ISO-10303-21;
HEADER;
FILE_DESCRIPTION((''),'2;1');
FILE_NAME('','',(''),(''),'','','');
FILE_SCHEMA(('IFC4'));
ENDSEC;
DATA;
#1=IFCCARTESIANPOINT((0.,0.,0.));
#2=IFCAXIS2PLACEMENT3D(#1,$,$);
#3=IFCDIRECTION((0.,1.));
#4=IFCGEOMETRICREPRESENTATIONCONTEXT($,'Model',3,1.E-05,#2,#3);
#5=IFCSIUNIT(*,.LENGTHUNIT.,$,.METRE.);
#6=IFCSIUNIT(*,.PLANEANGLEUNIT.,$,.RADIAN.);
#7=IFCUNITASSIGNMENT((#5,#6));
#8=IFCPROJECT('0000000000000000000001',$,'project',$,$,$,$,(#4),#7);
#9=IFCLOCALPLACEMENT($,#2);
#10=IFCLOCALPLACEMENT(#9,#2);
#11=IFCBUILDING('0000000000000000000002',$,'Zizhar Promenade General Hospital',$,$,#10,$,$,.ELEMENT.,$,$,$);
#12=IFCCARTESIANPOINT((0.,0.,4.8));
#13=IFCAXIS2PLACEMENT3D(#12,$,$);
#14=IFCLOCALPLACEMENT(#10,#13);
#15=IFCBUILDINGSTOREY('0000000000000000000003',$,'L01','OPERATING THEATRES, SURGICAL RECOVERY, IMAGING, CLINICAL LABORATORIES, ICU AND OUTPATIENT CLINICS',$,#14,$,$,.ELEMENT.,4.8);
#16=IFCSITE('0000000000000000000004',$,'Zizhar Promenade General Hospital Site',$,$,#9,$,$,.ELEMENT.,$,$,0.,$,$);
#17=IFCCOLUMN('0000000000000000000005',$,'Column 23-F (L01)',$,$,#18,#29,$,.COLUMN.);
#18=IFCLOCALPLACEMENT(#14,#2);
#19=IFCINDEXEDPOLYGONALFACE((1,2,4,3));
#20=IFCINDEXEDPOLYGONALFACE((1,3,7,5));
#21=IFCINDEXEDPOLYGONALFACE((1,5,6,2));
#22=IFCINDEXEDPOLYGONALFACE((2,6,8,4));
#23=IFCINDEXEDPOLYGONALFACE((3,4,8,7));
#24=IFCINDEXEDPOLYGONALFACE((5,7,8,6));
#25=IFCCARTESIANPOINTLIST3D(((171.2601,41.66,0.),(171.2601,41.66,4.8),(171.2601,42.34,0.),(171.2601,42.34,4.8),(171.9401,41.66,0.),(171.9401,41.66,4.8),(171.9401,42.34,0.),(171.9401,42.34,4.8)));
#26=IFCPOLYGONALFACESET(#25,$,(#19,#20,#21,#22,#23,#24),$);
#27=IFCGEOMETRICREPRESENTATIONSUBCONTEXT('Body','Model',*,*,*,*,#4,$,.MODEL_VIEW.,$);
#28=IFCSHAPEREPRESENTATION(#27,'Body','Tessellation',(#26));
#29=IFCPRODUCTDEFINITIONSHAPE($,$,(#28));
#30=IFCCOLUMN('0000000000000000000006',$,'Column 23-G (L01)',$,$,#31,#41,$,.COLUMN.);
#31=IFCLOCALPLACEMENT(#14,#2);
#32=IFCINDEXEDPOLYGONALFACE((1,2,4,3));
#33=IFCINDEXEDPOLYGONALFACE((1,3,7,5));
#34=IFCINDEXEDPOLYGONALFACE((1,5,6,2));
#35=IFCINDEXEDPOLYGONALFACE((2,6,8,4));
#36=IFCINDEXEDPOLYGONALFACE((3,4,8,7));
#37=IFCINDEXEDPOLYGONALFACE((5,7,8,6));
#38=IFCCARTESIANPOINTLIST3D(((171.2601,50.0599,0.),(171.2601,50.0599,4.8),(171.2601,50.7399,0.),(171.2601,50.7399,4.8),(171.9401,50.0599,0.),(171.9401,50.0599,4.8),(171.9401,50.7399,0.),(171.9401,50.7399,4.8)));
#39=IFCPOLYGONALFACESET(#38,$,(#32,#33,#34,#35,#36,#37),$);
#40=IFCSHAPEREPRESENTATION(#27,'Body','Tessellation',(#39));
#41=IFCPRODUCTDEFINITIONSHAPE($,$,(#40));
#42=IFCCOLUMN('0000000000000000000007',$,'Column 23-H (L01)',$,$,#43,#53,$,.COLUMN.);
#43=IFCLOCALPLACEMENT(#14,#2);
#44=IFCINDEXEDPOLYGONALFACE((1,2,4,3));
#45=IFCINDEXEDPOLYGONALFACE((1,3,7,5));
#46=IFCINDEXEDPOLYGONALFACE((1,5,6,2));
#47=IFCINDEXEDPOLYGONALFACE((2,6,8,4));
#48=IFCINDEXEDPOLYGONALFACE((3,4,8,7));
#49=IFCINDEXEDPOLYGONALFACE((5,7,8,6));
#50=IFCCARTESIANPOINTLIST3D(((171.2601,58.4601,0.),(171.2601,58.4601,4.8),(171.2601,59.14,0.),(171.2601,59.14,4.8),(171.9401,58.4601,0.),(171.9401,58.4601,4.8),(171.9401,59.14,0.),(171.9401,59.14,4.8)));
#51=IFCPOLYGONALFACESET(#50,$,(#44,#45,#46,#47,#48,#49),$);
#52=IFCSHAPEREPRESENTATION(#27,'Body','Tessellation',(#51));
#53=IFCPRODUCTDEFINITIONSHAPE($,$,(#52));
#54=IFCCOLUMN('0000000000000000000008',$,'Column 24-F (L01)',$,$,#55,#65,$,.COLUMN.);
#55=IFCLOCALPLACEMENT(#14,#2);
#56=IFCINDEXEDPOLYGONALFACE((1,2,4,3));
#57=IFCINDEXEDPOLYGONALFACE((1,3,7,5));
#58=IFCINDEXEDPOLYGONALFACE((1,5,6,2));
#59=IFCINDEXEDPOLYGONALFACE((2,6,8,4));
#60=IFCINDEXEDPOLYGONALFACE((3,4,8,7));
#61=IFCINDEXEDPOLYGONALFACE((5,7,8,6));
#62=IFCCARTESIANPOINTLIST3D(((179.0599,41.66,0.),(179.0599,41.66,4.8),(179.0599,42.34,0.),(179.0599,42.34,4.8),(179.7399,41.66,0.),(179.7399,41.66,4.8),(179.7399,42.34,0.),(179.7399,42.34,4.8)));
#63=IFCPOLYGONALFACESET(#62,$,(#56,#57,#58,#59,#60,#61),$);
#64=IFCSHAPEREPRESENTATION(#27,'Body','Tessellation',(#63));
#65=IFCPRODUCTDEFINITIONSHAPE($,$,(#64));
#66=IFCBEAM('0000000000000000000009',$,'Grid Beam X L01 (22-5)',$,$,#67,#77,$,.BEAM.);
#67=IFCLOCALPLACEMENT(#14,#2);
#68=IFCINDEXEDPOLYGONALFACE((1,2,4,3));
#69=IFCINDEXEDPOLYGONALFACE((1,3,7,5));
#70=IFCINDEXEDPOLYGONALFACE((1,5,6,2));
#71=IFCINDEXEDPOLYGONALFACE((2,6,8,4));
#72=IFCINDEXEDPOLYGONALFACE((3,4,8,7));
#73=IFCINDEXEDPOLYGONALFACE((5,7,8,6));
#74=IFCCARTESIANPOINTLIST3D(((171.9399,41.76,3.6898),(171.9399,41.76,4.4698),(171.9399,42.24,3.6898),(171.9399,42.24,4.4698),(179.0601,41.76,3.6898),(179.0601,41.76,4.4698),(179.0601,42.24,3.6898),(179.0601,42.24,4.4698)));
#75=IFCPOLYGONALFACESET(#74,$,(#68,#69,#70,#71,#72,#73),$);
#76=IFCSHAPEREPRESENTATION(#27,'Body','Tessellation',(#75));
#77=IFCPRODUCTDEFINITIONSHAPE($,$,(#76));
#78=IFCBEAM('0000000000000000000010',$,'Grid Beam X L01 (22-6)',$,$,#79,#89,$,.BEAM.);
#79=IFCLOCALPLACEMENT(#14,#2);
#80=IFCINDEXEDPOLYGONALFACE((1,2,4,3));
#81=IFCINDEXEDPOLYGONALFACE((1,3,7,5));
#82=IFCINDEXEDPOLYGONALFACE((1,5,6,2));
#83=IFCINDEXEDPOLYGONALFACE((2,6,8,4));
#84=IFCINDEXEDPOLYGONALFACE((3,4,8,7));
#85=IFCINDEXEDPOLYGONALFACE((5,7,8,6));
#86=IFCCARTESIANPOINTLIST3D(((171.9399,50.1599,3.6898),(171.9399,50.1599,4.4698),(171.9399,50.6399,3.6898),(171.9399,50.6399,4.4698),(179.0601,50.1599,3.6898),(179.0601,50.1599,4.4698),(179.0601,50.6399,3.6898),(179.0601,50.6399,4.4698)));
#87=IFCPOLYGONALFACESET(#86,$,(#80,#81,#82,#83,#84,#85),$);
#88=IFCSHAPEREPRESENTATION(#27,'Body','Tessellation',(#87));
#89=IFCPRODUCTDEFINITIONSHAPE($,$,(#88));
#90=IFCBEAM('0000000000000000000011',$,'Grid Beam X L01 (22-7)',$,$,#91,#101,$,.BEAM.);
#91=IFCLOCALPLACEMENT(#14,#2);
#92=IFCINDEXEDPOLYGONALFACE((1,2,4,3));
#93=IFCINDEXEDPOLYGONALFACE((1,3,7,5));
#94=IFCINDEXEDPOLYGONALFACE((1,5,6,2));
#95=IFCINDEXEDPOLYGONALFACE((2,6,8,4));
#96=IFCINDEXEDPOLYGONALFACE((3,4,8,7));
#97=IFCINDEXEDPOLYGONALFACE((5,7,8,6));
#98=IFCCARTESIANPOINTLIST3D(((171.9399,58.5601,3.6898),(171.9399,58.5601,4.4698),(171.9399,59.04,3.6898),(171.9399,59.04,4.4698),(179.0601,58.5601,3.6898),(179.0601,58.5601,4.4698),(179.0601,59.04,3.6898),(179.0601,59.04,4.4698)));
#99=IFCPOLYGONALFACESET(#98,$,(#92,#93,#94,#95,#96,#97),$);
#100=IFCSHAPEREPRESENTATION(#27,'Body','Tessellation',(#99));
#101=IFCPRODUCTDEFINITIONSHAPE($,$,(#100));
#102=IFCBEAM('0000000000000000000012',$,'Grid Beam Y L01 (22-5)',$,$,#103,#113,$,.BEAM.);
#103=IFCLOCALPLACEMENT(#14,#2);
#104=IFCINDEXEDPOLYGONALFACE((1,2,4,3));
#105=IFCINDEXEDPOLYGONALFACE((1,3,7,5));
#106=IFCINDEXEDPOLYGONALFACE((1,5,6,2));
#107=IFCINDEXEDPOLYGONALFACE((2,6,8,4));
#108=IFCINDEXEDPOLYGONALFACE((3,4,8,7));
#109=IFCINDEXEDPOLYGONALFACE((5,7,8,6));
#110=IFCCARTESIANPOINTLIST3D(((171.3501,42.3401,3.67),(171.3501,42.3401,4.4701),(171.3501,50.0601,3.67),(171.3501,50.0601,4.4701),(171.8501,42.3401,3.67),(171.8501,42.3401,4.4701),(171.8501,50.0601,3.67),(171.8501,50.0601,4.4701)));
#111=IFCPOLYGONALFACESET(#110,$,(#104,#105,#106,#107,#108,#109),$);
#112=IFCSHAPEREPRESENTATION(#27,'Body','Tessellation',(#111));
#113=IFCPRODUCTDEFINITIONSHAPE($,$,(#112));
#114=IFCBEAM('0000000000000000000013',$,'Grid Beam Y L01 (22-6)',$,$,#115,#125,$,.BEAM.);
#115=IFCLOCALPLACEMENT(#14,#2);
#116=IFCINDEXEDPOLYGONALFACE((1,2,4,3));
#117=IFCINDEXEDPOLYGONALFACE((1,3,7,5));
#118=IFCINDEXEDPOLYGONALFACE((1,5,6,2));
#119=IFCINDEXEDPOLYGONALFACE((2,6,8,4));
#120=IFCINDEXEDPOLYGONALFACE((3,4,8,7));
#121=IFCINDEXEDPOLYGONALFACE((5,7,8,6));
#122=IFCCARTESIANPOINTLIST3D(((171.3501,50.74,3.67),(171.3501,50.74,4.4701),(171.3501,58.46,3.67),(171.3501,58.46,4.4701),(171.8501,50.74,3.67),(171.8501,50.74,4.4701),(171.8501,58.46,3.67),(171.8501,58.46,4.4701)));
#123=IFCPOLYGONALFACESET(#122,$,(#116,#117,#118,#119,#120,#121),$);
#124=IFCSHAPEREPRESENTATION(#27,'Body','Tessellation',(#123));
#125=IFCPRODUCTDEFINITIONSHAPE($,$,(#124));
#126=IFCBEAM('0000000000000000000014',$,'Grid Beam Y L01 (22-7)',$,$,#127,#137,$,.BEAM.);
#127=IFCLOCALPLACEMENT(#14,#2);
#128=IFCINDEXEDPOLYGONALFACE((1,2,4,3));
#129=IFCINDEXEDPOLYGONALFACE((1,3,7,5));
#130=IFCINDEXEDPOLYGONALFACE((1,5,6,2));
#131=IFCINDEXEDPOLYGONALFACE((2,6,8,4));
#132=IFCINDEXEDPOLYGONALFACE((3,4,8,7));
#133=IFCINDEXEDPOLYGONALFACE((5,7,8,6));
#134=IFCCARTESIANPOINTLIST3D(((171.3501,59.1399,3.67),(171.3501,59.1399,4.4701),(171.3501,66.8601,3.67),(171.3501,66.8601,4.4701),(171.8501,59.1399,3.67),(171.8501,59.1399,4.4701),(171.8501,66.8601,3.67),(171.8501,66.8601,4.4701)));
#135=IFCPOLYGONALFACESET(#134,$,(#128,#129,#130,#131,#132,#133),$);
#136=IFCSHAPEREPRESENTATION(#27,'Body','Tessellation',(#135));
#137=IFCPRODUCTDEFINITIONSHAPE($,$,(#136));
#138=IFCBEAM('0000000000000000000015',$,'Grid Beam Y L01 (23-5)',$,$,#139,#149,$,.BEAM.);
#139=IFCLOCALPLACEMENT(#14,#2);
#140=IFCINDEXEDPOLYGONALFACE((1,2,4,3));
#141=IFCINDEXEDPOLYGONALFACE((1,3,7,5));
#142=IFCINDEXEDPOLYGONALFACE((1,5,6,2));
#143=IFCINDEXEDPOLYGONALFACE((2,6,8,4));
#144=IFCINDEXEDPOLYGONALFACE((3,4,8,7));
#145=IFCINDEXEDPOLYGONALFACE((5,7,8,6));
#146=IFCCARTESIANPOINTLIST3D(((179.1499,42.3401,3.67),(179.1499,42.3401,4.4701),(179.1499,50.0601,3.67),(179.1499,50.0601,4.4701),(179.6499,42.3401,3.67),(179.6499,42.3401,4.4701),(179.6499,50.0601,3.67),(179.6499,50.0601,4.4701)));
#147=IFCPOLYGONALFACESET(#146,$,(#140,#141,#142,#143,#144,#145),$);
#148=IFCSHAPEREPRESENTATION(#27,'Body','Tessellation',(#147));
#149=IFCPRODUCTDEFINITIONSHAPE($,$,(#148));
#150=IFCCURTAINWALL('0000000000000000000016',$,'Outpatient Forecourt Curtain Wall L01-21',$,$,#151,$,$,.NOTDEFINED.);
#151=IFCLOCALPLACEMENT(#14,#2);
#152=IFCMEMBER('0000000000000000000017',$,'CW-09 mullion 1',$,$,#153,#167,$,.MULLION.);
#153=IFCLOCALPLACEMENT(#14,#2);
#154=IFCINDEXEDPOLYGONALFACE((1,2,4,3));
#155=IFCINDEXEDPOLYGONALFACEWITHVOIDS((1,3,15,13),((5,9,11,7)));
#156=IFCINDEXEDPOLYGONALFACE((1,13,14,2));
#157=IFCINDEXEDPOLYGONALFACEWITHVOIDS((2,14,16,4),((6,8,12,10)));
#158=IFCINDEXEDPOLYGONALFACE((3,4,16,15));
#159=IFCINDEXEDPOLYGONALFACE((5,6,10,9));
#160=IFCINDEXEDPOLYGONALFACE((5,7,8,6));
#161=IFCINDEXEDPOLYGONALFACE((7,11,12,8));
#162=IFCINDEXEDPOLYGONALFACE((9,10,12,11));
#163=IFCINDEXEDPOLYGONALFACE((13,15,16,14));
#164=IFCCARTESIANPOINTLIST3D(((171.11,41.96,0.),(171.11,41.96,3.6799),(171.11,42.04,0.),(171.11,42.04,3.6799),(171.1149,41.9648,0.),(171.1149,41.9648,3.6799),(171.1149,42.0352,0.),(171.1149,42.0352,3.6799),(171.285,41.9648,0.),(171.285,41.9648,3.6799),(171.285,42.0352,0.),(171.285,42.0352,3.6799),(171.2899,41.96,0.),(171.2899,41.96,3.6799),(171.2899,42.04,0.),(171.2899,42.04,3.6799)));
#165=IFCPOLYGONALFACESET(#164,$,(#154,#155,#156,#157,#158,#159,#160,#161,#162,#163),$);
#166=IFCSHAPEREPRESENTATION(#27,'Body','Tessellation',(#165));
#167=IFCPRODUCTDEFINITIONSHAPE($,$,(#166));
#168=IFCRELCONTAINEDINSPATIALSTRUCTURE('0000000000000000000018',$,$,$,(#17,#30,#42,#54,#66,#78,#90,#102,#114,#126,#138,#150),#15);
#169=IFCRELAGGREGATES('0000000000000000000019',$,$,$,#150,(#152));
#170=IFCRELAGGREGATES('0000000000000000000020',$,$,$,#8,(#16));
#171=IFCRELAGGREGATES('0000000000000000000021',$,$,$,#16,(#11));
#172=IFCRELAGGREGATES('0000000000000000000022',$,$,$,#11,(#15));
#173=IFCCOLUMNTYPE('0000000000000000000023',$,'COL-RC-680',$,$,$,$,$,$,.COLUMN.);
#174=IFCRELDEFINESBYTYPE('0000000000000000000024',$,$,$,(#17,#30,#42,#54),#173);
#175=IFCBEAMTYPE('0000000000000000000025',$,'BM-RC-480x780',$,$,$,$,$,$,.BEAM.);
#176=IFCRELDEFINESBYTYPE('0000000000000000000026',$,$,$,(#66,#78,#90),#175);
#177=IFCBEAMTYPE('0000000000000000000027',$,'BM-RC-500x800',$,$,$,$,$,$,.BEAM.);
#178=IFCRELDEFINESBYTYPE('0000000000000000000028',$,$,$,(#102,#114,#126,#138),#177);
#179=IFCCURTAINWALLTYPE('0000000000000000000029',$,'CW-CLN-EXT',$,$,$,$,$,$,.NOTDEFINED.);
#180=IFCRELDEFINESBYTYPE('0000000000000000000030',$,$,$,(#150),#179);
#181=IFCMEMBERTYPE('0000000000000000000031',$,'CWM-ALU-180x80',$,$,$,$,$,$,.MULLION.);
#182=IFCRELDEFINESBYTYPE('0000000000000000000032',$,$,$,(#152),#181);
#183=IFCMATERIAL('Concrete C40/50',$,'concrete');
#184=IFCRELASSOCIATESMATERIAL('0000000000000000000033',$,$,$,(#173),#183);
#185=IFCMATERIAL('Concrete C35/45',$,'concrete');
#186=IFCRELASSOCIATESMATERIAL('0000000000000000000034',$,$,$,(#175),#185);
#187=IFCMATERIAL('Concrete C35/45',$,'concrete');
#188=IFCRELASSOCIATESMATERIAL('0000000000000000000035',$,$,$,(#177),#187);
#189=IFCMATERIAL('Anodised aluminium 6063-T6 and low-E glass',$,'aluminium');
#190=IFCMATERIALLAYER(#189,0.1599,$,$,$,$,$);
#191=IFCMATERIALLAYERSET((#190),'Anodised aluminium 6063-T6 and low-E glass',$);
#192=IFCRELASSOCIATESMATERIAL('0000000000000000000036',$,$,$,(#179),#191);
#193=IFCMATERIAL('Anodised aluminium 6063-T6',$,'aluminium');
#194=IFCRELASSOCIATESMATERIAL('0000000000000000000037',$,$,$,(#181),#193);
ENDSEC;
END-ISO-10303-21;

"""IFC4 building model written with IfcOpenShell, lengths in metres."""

from ifc_helpers import new_model, si_unit, direction, frame, origin, origin_2d, place, context, subcontext, project, spatial, rectangle, hollow_rectangle, extrude, material, layer, layer_set, material_profile, profile_set, type_object, element, aggregate, save


model = new_model("IFC4")

# Units and contexts
model_context = context("Model", 3, precision=1e-05, world=origin(), true_north=direction((0.0, 1.0)))
body_context = subcontext(model_context, "Body", "Model", "MODEL_VIEW")
ifc_project = project(units=[si_unit("LENGTHUNIT", "METRE"), si_unit("PLANEANGLEUNIT", "RADIAN")], contexts=[model_context])

# Site, building, storey
site_placement = place(None, origin())
site = spatial("IfcSite", under=ifc_project, at=site_placement, Name="Zizhar Promenade General Hospital Site", CompositionType="ELEMENT", RefElevation=0.0)
building_placement = place(site_placement, origin())
building = spatial("IfcBuilding", under=site, at=building_placement, Name="Zizhar Promenade General Hospital", CompositionType="ELEMENT")
storey_placement = place(building_placement, frame((0.0, 0.0, 4.8)))
storey = spatial("IfcBuildingStorey", under=building, at=storey_placement, Name="L01", Description="OPERATING THEATRES, SURGICAL RECOVERY, IMAGING, CLINICAL LABORATORIES, ICU AND OUTPATIENT CLINICS", CompositionType="ELEMENT", Elevation=4.8)

# Columns
ifc_material_1 = material(Name="Concrete C40/50", Category="concrete")
ifc_material_profile_1 = material_profile(ifc_material_1, rectangle(XDim=0.6799, YDim=0.6799, at=origin_2d()))
ifc_profile_set_1 = profile_set([ifc_material_profile_1], Name="Concrete C40/50")
column_type = type_object("IfcColumnType", Name="COL-RC-680", PredefinedType="COLUMN", material=ifc_profile_set_1)
for number, where, z_axis, x_axis, name in (
    (1, (171.6001, 42.0, 0.0), (0.0, 0.0, 1.0), (1.0, 0.0, 0.0), "Column 23-F (L01)"),
    (2, (171.6001, 50.3999, 0.0), (0.0, 0.0, 1.0), (1.0, 0.0, 0.0), "Column 23-G (L01)"),
    (3, (171.6001, 58.8, 0.0), (0.0, 0.0, 1.0), (1.0, 0.0, 0.0), "Column 23-H (L01)"),
    (4, (179.3999, 42.0, 0.0), (0.0, 0.0, 1.0), (1.0, 0.0, 0.0), "Column 24-F (L01)"),
):
    element("IfcColumn", number, at=place(storey_placement, frame(where, z_axis=z_axis, x_axis=x_axis)), inside=storey, type_object=column_type, Name=name, PredefinedType="COLUMN", context=body_context, shape_type="SweptSolid", body=[
        extrude(rectangle(XDim=0.6799, YDim=0.6799, at=origin_2d()), origin(), (0.0, 0.0, 1.0), 4.8),
    ])

# Beams
ifc_material_2 = material(Name="Concrete C35/45", Category="concrete")
ifc_material_profile_2 = material_profile(ifc_material_2, rectangle(XDim=0.48, YDim=0.78, at=origin_2d()))
ifc_profile_set_2 = profile_set([ifc_material_profile_2], Name="Concrete C35/45")
beam_type_1 = type_object("IfcBeamType", Name="BM-RC-480x780", PredefinedType="BEAM", material=ifc_profile_set_2)
for number, where, z_axis, x_axis, name in (
    (5, (171.9399, 42.0, 4.0798), (1.0, 0.0, 0.0), (0.0, 1.0, 0.0), "Grid Beam X L01 (22-5)"),
    (6, (171.9399, 50.3999, 4.0798), (1.0, 0.0, 0.0), (0.0, 1.0, 0.0), "Grid Beam X L01 (22-6)"),
    (7, (171.9399, 58.8, 4.0798), (1.0, 0.0, 0.0), (0.0, 1.0, 0.0), "Grid Beam X L01 (22-7)"),
):
    element("IfcBeam", number, at=place(storey_placement, frame(where, z_axis=z_axis, x_axis=x_axis)), inside=storey, type_object=beam_type_1, Name=name, PredefinedType="BEAM", context=body_context, shape_type="SweptSolid", body=[
        extrude(rectangle(XDim=0.48, YDim=0.78, at=origin_2d()), origin(), (0.0, 0.0, 1.0), 7.1201),
    ])
ifc_material_3 = material(Name="Concrete C35/45", Category="concrete")
ifc_material_profile_3 = material_profile(ifc_material_3, rectangle(XDim=0.5, YDim=0.8, at=origin_2d()))
ifc_profile_set_3 = profile_set([ifc_material_profile_3], Name="Concrete C35/45")
beam_type_2 = type_object("IfcBeamType", Name="BM-RC-500x800", PredefinedType="BEAM", material=ifc_profile_set_3)
for number, where, z_axis, x_axis, name in (
    (8, (171.6001, 42.3401, 4.0701), (0.0, 1.0, 0.0), (-1.0, 0.0, 0.0), "Grid Beam Y L01 (22-5)"),
    (9, (171.6001, 50.74, 4.0701), (0.0, 1.0, 0.0), (-1.0, 0.0, 0.0), "Grid Beam Y L01 (22-6)"),
):
    element("IfcBeam", number, at=place(storey_placement, frame(where, z_axis=z_axis, x_axis=x_axis)), inside=storey, type_object=beam_type_2, Name=name, PredefinedType="BEAM", context=body_context, shape_type="SweptSolid", body=[
        extrude(rectangle(XDim=0.5, YDim=0.8, at=origin_2d()), origin(), (0.0, 0.0, 1.0), 7.72),
    ])
beam_1_placement = place(storey_placement, frame((171.6001, 59.1399, 4.0701), z_axis=(0.0, 1.0, 0.0), x_axis=(-1.0, 0.0, 0.0)))
element("IfcBeam", 10, at=beam_1_placement, inside=storey, type_object=beam_type_2, Name="Grid Beam Y L01 (22-7)", PredefinedType="BEAM", context=body_context, shape_type="SweptSolid", body=[
    extrude(rectangle(XDim=0.5, YDim=0.8, at=origin_2d()), origin(), (0.0, 0.0, 1.0), 7.7202),
])
beam_2_placement = place(storey_placement, frame((179.3999, 42.3401, 4.0701), z_axis=(0.0, 1.0, 0.0), x_axis=(-1.0, 0.0, 0.0)))
element("IfcBeam", 11, at=beam_2_placement, inside=storey, type_object=beam_type_2, Name="Grid Beam Y L01 (23-5)", PredefinedType="BEAM", context=body_context, shape_type="SweptSolid", body=[
    extrude(rectangle(XDim=0.5, YDim=0.8, at=origin_2d()), origin(), (0.0, 0.0, 1.0), 7.72),
])

# Curtain wall, member
ifc_material_4 = material(Name="Anodised aluminium 6063-T6 and low-E glass", Category="aluminium")
ifc_layer_1 = layer(ifc_material_4, 0.1599)
ifc_layer_set_1 = layer_set([ifc_layer_1], Name="Anodised aluminium 6063-T6 and low-E glass")
curtain_wall_type = type_object("IfcCurtainWallType", Name="CW-CLN-EXT", PredefinedType="NOTDEFINED", material=ifc_layer_set_1)
curtain_wall_placement = place(storey_placement, origin())
curtain_wall = element("IfcCurtainWall", 12, at=curtain_wall_placement, inside=storey, type_object=curtain_wall_type, Name="Outpatient Forecourt Curtain Wall L01-21", PredefinedType="NOTDEFINED")
ifc_material_5 = material(Name="Anodised aluminium 6063-T6", Category="aluminium")
ifc_material_profile_4 = material_profile(ifc_material_5, hollow_rectangle(XDim=0.0801, YDim=0.1799, WallThickness=0.0049, at=origin_2d()))
ifc_profile_set_4 = profile_set([ifc_material_profile_4], Name="Anodised aluminium 6063-T6")
member_type = type_object("IfcMemberType", Name="CWM-ALU-180x80", PredefinedType="MULLION", material=ifc_profile_set_4)
member_placement = place(storey_placement, frame((171.2, 42.0, 0.0), z_axis=(0.0, 0.0, 1.0), x_axis=(0.0, -1.0, 0.0)))
member = element("IfcMember", 13, at=member_placement, type_object=member_type, Name="CW-09 mullion 1", PredefinedType="MULLION", context=body_context, shape_type="SweptSolid", body=[
    extrude(hollow_rectangle(XDim=0.0801, YDim=0.1799, WallThickness=0.0049, at=origin_2d()), origin(), (0.0, 0.0, 1.0), 3.6799),
])
aggregate(curtain_wall, [member])

save(model, "model.ifc")
